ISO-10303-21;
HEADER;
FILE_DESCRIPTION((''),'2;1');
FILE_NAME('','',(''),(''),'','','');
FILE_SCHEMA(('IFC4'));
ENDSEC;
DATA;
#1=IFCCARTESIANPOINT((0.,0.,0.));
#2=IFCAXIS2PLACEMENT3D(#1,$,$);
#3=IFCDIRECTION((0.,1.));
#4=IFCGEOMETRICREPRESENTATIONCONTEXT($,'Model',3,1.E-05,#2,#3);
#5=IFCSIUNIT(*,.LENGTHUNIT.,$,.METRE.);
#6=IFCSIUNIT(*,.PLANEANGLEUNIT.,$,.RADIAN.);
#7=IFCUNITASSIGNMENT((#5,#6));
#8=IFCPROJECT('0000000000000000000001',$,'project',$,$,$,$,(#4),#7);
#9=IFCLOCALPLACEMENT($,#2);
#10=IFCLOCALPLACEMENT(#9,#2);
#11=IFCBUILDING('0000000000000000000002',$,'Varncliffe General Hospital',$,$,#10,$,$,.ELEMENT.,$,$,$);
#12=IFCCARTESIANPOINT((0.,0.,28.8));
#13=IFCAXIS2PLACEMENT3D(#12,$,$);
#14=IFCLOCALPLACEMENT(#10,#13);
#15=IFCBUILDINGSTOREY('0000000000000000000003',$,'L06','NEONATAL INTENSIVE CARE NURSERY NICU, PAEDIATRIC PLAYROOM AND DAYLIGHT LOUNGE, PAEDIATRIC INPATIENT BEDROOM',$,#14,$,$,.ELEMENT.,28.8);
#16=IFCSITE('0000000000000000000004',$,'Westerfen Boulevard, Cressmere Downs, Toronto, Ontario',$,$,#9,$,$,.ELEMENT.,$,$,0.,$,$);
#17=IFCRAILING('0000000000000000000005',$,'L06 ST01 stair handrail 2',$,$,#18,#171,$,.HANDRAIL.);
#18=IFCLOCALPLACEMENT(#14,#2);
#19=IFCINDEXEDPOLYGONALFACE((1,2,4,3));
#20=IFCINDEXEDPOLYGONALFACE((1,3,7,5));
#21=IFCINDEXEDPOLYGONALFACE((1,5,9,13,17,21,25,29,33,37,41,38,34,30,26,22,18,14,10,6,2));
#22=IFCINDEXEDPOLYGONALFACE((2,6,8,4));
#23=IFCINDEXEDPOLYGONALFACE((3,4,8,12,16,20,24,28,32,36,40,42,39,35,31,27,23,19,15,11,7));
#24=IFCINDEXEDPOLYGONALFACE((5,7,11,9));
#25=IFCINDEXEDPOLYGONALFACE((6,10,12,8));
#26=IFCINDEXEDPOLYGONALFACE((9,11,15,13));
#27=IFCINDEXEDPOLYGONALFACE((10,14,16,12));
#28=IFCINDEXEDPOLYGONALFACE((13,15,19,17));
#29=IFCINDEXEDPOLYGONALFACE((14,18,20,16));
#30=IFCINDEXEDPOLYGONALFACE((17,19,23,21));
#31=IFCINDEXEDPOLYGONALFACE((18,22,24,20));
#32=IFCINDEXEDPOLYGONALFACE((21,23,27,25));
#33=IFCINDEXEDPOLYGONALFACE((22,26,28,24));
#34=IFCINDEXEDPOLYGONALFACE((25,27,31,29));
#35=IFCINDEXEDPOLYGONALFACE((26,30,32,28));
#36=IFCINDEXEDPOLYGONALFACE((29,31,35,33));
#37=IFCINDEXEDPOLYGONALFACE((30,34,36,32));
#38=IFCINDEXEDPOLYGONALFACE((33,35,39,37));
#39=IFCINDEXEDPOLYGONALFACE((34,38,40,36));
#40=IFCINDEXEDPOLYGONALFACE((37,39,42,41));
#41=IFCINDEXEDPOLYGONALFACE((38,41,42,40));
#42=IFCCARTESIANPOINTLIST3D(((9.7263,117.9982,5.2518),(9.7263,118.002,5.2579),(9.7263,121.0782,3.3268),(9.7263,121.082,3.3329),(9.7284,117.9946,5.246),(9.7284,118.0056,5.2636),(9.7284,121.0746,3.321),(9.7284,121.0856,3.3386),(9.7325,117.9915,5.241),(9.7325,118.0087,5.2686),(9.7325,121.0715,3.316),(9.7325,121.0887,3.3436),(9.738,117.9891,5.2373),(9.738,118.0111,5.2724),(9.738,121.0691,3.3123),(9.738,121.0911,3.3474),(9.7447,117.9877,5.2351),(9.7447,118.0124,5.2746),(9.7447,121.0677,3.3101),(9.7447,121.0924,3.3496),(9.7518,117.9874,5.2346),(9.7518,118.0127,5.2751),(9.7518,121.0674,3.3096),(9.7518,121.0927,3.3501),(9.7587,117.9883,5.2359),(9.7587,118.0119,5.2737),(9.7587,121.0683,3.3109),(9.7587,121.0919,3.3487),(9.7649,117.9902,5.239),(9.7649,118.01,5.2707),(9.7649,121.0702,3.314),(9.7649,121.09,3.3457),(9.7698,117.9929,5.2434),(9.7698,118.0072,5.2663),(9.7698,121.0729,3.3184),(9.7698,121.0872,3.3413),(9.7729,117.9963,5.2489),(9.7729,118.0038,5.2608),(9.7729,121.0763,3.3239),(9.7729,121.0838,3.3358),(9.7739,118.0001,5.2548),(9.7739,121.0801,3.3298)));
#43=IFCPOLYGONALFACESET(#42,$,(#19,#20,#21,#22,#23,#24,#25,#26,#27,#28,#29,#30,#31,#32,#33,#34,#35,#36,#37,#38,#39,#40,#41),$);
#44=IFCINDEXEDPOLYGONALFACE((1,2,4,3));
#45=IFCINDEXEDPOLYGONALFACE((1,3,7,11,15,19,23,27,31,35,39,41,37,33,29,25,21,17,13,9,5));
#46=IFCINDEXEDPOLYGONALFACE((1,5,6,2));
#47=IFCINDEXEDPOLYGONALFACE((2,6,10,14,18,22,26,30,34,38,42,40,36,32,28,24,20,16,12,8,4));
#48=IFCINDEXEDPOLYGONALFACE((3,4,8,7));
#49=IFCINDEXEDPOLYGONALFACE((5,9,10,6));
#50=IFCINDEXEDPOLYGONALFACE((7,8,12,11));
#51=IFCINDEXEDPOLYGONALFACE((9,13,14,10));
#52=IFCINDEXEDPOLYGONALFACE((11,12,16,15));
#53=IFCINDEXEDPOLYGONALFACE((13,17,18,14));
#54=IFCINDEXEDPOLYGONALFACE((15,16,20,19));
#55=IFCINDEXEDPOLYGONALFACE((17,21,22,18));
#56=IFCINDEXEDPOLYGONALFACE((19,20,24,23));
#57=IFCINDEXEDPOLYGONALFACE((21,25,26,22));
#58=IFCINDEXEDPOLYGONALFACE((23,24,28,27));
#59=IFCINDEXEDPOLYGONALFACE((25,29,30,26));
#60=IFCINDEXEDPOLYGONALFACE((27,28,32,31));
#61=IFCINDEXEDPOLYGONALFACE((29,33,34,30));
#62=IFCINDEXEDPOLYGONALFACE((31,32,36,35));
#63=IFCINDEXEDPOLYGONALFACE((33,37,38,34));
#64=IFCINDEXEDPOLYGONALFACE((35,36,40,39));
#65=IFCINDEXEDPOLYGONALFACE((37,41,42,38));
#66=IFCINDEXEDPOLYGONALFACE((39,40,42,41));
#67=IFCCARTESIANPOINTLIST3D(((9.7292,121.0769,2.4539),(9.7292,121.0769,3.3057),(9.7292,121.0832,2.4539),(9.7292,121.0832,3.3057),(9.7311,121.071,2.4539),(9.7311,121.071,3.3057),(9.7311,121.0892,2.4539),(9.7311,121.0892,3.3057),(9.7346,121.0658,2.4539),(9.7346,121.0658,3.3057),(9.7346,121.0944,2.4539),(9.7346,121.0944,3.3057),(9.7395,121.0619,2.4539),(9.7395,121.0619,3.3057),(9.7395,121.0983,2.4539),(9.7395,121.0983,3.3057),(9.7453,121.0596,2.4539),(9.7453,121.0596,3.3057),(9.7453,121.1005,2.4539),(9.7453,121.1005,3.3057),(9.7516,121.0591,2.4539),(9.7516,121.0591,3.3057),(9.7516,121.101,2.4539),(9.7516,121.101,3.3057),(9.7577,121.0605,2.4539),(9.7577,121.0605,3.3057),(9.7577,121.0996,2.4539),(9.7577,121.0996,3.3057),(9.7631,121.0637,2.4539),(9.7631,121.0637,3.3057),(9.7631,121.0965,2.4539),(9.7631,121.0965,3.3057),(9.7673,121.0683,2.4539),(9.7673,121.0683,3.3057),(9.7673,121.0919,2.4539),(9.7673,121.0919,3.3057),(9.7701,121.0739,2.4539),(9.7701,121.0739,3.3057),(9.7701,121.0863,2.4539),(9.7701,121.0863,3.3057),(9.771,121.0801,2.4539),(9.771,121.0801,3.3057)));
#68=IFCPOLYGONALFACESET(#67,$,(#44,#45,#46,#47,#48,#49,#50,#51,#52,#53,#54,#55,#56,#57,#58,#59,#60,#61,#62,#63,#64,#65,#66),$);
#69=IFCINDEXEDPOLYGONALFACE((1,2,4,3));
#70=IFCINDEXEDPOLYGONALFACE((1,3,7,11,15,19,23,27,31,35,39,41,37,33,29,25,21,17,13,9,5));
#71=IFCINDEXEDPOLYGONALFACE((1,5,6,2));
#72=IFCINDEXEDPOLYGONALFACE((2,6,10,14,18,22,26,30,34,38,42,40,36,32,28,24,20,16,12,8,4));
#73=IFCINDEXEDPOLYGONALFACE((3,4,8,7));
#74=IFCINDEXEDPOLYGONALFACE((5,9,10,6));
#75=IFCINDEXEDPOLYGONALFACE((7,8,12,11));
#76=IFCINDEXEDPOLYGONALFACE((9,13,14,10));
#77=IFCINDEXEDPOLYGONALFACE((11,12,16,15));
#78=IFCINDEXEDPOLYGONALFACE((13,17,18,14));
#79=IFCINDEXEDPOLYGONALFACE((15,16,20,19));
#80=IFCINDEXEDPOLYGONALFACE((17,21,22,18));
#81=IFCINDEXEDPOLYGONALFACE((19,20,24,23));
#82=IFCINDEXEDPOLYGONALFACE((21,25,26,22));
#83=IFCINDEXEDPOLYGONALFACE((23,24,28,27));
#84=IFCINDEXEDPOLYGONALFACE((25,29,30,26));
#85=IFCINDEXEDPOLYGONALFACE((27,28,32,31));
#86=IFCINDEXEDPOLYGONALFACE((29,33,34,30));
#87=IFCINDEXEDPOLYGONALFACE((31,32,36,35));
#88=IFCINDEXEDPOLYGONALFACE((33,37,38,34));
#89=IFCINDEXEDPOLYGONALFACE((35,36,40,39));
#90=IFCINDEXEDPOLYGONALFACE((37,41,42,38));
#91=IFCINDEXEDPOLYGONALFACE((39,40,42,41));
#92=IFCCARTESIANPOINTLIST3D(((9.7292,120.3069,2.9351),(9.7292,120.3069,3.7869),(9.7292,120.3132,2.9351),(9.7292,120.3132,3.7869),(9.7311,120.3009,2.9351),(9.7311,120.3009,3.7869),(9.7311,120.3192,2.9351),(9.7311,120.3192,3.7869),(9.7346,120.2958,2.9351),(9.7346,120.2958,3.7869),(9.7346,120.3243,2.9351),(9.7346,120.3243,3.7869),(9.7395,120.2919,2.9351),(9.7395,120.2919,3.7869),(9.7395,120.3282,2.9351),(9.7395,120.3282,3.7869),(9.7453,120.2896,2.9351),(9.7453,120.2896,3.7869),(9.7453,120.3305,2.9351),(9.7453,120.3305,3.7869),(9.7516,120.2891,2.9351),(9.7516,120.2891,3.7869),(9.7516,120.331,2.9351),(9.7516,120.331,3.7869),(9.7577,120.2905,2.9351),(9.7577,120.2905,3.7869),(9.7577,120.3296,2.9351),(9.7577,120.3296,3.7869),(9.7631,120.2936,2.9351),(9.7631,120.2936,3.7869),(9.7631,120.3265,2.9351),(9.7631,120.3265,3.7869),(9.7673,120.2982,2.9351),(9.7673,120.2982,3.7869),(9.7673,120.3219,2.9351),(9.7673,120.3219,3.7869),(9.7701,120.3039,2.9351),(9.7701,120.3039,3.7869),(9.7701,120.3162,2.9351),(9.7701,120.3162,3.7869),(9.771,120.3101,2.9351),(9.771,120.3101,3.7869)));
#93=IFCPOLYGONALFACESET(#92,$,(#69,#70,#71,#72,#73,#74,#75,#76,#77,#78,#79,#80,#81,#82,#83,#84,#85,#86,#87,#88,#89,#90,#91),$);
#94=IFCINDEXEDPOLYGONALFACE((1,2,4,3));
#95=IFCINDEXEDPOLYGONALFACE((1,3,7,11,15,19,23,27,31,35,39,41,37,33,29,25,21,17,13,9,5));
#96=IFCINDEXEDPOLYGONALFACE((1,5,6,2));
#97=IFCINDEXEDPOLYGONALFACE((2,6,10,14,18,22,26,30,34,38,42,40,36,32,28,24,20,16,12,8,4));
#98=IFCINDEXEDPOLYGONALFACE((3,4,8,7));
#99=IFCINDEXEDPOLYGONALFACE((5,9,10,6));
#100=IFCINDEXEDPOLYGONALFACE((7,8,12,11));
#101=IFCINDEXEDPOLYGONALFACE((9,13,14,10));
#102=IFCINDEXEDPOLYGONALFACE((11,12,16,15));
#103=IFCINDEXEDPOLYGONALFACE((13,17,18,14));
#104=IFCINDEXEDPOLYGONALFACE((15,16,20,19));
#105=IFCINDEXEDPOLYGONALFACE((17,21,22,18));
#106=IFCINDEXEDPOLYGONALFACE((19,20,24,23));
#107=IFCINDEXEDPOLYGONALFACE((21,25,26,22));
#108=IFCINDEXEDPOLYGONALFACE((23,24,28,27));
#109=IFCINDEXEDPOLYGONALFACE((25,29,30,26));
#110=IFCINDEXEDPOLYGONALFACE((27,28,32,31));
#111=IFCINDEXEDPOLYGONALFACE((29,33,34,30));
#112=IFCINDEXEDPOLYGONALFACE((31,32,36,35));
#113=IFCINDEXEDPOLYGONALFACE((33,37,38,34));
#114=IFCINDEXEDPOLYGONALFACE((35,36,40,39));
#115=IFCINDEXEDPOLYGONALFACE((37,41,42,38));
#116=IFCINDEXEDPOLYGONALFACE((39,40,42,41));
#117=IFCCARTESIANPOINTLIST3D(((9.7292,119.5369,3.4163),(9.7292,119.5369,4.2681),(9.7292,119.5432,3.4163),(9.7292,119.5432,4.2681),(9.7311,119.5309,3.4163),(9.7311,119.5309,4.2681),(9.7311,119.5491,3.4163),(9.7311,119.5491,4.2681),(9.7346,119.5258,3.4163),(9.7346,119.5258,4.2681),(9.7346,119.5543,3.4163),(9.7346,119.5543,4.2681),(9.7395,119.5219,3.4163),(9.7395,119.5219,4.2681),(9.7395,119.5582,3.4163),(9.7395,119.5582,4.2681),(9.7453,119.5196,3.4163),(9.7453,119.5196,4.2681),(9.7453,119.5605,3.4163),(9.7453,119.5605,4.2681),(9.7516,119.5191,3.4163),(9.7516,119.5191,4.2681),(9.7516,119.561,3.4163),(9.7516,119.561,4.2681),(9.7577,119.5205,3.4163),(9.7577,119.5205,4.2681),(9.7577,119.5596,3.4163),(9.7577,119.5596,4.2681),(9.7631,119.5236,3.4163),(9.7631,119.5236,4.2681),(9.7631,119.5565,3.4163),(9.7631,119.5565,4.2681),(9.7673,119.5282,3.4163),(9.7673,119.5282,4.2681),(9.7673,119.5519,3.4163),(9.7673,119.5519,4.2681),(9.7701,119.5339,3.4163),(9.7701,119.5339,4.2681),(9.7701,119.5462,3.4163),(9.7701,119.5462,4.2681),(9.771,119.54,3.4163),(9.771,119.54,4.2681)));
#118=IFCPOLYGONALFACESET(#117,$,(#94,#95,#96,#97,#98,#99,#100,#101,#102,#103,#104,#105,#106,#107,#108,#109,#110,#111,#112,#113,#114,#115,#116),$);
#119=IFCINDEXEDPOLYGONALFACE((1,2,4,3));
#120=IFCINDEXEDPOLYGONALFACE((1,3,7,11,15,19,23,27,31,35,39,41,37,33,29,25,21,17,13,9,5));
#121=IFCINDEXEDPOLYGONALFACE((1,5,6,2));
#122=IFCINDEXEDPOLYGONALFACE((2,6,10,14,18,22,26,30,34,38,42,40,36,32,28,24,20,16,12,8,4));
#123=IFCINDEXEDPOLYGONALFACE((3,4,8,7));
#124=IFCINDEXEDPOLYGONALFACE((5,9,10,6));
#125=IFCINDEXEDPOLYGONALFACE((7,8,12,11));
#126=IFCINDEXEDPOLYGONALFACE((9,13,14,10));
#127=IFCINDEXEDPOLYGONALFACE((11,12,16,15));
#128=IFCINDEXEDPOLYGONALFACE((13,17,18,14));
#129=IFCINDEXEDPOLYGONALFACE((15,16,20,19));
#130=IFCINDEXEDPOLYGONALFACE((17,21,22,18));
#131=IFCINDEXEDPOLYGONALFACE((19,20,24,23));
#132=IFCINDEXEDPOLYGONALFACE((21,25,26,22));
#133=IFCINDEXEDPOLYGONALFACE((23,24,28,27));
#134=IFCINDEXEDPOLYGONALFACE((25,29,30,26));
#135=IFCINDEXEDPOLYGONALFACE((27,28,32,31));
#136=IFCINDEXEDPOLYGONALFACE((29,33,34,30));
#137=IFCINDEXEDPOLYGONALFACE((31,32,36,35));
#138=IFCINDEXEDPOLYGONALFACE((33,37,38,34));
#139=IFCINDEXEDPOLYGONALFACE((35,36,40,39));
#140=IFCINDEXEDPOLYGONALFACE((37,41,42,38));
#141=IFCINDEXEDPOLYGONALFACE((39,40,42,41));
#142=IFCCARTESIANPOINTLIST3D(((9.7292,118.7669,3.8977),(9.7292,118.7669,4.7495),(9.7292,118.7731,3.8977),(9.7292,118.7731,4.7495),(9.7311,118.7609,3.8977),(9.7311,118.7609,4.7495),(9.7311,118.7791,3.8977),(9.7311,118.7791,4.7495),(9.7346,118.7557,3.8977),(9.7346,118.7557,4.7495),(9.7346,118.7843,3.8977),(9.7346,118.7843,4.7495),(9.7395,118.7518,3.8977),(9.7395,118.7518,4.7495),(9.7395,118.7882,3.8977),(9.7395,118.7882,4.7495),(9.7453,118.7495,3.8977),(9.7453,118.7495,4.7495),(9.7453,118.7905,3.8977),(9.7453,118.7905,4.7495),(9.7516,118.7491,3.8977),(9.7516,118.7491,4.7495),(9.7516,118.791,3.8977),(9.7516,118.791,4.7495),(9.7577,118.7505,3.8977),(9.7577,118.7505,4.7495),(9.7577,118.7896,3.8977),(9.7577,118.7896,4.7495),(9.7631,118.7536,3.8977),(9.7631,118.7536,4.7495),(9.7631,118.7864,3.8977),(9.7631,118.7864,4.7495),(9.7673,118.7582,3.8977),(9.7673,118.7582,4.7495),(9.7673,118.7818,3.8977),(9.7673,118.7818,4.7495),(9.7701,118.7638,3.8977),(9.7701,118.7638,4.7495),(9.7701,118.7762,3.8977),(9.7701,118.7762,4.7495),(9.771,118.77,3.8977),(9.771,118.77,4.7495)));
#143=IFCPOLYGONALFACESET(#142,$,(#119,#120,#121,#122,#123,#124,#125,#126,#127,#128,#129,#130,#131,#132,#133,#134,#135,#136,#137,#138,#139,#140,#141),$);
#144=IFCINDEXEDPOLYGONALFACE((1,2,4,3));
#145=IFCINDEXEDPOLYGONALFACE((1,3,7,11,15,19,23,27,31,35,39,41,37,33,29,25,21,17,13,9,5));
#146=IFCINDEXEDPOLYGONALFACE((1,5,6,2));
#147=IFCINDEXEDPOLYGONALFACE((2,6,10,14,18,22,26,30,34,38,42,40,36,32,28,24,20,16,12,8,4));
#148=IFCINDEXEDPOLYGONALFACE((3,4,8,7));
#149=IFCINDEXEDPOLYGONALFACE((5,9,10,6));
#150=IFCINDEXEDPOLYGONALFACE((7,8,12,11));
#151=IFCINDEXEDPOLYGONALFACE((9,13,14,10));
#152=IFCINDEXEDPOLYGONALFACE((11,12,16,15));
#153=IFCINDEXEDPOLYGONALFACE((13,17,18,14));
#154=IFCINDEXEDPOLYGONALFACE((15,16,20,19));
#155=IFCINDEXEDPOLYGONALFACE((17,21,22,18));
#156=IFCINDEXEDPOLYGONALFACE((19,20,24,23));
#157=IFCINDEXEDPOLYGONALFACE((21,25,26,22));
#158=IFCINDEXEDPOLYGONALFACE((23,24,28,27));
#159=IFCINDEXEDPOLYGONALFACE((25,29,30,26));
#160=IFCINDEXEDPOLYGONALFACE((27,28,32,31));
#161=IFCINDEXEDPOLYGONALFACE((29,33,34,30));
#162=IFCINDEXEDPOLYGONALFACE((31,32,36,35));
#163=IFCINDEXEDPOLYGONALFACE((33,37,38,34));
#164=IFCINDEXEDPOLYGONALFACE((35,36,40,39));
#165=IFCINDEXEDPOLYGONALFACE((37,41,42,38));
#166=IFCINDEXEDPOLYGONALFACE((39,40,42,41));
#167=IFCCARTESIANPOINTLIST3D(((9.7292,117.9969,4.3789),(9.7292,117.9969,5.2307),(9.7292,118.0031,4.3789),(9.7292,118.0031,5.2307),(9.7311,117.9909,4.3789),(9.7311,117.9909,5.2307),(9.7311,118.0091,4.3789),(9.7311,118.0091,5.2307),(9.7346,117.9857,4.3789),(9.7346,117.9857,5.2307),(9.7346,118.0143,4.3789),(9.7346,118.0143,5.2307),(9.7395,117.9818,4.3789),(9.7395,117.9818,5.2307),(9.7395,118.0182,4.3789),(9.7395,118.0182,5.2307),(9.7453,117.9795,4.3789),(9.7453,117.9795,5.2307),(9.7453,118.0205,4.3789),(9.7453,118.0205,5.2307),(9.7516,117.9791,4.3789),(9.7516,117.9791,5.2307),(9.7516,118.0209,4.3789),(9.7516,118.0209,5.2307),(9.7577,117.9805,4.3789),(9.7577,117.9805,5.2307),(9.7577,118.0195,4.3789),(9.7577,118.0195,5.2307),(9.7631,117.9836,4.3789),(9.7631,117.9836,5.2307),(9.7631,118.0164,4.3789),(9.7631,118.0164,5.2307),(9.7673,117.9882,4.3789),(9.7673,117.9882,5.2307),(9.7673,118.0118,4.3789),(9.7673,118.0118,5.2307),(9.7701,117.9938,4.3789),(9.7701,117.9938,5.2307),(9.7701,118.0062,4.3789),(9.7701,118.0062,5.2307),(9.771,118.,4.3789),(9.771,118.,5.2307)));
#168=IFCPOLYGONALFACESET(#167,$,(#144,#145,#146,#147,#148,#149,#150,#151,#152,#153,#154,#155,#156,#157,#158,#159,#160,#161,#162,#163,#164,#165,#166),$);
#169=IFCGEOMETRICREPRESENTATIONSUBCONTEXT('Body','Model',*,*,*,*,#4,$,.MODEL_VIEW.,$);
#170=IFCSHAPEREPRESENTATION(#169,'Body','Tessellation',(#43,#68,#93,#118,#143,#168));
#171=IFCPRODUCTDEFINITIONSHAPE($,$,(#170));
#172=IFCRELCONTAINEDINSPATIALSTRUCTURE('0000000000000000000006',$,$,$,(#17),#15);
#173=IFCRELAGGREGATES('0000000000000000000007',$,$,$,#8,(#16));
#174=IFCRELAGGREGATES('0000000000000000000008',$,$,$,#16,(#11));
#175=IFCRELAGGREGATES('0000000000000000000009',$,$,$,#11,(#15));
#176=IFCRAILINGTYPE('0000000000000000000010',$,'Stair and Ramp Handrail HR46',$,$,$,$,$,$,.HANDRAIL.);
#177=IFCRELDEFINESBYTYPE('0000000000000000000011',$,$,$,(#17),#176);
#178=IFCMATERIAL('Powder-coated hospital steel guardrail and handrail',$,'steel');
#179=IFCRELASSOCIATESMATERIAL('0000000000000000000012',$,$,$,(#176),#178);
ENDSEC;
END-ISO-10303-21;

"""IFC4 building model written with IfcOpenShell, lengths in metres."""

from ifc_helpers import new_model, si_unit, direction, frame, origin, origin_2d, place, context, subcontext, project, spatial, circle, extrude, material, type_object, element, save


model = new_model("IFC4")

# Units and contexts
model_context = context("Model", 3, precision=1e-05, world=origin(), true_north=direction((0.0, 1.0)))
body_context = subcontext(model_context, "Body", "Model", "MODEL_VIEW")
ifc_project = project(units=[si_unit("LENGTHUNIT", "METRE"), si_unit("PLANEANGLEUNIT", "RADIAN")], contexts=[model_context])

# Site, building, storey
site_placement = place(None, origin())
site = spatial("IfcSite", under=ifc_project, at=site_placement, Name="Westerfen Boulevard, Cressmere Downs, Toronto, Ontario", CompositionType="ELEMENT", RefElevation=0.0)
building_placement = place(site_placement, origin())
building = spatial("IfcBuilding", under=site, at=building_placement, Name="Varncliffe General Hospital", CompositionType="ELEMENT")
storey_placement = place(building_placement, frame((0.0, 0.0, 28.8)))
storey = spatial("IfcBuildingStorey", under=building, at=storey_placement, Name="L06", Description="NEONATAL INTENSIVE CARE NURSERY NICU, PAEDIATRIC PLAYROOM AND DAYLIGHT LOUNGE, PAEDIATRIC INPATIENT BEDROOM", CompositionType="ELEMENT", Elevation=28.8)

# Railing
ifc_material_1 = material(Name="Powder-coated hospital steel guardrail and handrail", Category="steel")
railing_type_1 = type_object("IfcRailingType", Name="Stair and Ramp Handrail HR46", PredefinedType="HANDRAIL", material=ifc_material_1)
railing_1_placement = place(storey_placement, frame((9.75, 121.0801, 2.4539)))
element("IfcRailing", 1, at=railing_1_placement, inside=storey, type_object=railing_type_1, Name="L06 ST01 stair handrail 2", PredefinedType="HANDRAIL", context=body_context, shape_type="SweptSolid", body=[
    extrude(circle(Radius=0.0239, at=origin_2d()), frame((0.0, 0.0, 0.876), z_axis=(0.0, -0.847998, 0.529999), x_axis=(1.0, 0.0, 0.0)), (0.0, 0.0, 1.0), 3.6321),
    extrude(circle(Radius=0.021, at=origin_2d()), origin(), (0.0, 0.0, 1.0), 0.8518),
    extrude(circle(Radius=0.021, at=origin_2d()), frame((0.0, -0.77, 0.4812)), (0.0, 0.0, 1.0), 0.8518),
    extrude(circle(Radius=0.021, at=origin_2d()), frame((0.0, -1.54, 0.9624)), (0.0, 0.0, 1.0), 0.8518),
    extrude(circle(Radius=0.021, at=origin_2d()), frame((0.0, -2.3101, 1.4438)), (0.0, 0.0, 1.0), 0.8518),
    extrude(circle(Radius=0.021, at=origin_2d()), frame((0.0, -3.0801, 1.925)), (0.0, 0.0, 1.0), 0.8518),
])

save(model, "model.ifc")
